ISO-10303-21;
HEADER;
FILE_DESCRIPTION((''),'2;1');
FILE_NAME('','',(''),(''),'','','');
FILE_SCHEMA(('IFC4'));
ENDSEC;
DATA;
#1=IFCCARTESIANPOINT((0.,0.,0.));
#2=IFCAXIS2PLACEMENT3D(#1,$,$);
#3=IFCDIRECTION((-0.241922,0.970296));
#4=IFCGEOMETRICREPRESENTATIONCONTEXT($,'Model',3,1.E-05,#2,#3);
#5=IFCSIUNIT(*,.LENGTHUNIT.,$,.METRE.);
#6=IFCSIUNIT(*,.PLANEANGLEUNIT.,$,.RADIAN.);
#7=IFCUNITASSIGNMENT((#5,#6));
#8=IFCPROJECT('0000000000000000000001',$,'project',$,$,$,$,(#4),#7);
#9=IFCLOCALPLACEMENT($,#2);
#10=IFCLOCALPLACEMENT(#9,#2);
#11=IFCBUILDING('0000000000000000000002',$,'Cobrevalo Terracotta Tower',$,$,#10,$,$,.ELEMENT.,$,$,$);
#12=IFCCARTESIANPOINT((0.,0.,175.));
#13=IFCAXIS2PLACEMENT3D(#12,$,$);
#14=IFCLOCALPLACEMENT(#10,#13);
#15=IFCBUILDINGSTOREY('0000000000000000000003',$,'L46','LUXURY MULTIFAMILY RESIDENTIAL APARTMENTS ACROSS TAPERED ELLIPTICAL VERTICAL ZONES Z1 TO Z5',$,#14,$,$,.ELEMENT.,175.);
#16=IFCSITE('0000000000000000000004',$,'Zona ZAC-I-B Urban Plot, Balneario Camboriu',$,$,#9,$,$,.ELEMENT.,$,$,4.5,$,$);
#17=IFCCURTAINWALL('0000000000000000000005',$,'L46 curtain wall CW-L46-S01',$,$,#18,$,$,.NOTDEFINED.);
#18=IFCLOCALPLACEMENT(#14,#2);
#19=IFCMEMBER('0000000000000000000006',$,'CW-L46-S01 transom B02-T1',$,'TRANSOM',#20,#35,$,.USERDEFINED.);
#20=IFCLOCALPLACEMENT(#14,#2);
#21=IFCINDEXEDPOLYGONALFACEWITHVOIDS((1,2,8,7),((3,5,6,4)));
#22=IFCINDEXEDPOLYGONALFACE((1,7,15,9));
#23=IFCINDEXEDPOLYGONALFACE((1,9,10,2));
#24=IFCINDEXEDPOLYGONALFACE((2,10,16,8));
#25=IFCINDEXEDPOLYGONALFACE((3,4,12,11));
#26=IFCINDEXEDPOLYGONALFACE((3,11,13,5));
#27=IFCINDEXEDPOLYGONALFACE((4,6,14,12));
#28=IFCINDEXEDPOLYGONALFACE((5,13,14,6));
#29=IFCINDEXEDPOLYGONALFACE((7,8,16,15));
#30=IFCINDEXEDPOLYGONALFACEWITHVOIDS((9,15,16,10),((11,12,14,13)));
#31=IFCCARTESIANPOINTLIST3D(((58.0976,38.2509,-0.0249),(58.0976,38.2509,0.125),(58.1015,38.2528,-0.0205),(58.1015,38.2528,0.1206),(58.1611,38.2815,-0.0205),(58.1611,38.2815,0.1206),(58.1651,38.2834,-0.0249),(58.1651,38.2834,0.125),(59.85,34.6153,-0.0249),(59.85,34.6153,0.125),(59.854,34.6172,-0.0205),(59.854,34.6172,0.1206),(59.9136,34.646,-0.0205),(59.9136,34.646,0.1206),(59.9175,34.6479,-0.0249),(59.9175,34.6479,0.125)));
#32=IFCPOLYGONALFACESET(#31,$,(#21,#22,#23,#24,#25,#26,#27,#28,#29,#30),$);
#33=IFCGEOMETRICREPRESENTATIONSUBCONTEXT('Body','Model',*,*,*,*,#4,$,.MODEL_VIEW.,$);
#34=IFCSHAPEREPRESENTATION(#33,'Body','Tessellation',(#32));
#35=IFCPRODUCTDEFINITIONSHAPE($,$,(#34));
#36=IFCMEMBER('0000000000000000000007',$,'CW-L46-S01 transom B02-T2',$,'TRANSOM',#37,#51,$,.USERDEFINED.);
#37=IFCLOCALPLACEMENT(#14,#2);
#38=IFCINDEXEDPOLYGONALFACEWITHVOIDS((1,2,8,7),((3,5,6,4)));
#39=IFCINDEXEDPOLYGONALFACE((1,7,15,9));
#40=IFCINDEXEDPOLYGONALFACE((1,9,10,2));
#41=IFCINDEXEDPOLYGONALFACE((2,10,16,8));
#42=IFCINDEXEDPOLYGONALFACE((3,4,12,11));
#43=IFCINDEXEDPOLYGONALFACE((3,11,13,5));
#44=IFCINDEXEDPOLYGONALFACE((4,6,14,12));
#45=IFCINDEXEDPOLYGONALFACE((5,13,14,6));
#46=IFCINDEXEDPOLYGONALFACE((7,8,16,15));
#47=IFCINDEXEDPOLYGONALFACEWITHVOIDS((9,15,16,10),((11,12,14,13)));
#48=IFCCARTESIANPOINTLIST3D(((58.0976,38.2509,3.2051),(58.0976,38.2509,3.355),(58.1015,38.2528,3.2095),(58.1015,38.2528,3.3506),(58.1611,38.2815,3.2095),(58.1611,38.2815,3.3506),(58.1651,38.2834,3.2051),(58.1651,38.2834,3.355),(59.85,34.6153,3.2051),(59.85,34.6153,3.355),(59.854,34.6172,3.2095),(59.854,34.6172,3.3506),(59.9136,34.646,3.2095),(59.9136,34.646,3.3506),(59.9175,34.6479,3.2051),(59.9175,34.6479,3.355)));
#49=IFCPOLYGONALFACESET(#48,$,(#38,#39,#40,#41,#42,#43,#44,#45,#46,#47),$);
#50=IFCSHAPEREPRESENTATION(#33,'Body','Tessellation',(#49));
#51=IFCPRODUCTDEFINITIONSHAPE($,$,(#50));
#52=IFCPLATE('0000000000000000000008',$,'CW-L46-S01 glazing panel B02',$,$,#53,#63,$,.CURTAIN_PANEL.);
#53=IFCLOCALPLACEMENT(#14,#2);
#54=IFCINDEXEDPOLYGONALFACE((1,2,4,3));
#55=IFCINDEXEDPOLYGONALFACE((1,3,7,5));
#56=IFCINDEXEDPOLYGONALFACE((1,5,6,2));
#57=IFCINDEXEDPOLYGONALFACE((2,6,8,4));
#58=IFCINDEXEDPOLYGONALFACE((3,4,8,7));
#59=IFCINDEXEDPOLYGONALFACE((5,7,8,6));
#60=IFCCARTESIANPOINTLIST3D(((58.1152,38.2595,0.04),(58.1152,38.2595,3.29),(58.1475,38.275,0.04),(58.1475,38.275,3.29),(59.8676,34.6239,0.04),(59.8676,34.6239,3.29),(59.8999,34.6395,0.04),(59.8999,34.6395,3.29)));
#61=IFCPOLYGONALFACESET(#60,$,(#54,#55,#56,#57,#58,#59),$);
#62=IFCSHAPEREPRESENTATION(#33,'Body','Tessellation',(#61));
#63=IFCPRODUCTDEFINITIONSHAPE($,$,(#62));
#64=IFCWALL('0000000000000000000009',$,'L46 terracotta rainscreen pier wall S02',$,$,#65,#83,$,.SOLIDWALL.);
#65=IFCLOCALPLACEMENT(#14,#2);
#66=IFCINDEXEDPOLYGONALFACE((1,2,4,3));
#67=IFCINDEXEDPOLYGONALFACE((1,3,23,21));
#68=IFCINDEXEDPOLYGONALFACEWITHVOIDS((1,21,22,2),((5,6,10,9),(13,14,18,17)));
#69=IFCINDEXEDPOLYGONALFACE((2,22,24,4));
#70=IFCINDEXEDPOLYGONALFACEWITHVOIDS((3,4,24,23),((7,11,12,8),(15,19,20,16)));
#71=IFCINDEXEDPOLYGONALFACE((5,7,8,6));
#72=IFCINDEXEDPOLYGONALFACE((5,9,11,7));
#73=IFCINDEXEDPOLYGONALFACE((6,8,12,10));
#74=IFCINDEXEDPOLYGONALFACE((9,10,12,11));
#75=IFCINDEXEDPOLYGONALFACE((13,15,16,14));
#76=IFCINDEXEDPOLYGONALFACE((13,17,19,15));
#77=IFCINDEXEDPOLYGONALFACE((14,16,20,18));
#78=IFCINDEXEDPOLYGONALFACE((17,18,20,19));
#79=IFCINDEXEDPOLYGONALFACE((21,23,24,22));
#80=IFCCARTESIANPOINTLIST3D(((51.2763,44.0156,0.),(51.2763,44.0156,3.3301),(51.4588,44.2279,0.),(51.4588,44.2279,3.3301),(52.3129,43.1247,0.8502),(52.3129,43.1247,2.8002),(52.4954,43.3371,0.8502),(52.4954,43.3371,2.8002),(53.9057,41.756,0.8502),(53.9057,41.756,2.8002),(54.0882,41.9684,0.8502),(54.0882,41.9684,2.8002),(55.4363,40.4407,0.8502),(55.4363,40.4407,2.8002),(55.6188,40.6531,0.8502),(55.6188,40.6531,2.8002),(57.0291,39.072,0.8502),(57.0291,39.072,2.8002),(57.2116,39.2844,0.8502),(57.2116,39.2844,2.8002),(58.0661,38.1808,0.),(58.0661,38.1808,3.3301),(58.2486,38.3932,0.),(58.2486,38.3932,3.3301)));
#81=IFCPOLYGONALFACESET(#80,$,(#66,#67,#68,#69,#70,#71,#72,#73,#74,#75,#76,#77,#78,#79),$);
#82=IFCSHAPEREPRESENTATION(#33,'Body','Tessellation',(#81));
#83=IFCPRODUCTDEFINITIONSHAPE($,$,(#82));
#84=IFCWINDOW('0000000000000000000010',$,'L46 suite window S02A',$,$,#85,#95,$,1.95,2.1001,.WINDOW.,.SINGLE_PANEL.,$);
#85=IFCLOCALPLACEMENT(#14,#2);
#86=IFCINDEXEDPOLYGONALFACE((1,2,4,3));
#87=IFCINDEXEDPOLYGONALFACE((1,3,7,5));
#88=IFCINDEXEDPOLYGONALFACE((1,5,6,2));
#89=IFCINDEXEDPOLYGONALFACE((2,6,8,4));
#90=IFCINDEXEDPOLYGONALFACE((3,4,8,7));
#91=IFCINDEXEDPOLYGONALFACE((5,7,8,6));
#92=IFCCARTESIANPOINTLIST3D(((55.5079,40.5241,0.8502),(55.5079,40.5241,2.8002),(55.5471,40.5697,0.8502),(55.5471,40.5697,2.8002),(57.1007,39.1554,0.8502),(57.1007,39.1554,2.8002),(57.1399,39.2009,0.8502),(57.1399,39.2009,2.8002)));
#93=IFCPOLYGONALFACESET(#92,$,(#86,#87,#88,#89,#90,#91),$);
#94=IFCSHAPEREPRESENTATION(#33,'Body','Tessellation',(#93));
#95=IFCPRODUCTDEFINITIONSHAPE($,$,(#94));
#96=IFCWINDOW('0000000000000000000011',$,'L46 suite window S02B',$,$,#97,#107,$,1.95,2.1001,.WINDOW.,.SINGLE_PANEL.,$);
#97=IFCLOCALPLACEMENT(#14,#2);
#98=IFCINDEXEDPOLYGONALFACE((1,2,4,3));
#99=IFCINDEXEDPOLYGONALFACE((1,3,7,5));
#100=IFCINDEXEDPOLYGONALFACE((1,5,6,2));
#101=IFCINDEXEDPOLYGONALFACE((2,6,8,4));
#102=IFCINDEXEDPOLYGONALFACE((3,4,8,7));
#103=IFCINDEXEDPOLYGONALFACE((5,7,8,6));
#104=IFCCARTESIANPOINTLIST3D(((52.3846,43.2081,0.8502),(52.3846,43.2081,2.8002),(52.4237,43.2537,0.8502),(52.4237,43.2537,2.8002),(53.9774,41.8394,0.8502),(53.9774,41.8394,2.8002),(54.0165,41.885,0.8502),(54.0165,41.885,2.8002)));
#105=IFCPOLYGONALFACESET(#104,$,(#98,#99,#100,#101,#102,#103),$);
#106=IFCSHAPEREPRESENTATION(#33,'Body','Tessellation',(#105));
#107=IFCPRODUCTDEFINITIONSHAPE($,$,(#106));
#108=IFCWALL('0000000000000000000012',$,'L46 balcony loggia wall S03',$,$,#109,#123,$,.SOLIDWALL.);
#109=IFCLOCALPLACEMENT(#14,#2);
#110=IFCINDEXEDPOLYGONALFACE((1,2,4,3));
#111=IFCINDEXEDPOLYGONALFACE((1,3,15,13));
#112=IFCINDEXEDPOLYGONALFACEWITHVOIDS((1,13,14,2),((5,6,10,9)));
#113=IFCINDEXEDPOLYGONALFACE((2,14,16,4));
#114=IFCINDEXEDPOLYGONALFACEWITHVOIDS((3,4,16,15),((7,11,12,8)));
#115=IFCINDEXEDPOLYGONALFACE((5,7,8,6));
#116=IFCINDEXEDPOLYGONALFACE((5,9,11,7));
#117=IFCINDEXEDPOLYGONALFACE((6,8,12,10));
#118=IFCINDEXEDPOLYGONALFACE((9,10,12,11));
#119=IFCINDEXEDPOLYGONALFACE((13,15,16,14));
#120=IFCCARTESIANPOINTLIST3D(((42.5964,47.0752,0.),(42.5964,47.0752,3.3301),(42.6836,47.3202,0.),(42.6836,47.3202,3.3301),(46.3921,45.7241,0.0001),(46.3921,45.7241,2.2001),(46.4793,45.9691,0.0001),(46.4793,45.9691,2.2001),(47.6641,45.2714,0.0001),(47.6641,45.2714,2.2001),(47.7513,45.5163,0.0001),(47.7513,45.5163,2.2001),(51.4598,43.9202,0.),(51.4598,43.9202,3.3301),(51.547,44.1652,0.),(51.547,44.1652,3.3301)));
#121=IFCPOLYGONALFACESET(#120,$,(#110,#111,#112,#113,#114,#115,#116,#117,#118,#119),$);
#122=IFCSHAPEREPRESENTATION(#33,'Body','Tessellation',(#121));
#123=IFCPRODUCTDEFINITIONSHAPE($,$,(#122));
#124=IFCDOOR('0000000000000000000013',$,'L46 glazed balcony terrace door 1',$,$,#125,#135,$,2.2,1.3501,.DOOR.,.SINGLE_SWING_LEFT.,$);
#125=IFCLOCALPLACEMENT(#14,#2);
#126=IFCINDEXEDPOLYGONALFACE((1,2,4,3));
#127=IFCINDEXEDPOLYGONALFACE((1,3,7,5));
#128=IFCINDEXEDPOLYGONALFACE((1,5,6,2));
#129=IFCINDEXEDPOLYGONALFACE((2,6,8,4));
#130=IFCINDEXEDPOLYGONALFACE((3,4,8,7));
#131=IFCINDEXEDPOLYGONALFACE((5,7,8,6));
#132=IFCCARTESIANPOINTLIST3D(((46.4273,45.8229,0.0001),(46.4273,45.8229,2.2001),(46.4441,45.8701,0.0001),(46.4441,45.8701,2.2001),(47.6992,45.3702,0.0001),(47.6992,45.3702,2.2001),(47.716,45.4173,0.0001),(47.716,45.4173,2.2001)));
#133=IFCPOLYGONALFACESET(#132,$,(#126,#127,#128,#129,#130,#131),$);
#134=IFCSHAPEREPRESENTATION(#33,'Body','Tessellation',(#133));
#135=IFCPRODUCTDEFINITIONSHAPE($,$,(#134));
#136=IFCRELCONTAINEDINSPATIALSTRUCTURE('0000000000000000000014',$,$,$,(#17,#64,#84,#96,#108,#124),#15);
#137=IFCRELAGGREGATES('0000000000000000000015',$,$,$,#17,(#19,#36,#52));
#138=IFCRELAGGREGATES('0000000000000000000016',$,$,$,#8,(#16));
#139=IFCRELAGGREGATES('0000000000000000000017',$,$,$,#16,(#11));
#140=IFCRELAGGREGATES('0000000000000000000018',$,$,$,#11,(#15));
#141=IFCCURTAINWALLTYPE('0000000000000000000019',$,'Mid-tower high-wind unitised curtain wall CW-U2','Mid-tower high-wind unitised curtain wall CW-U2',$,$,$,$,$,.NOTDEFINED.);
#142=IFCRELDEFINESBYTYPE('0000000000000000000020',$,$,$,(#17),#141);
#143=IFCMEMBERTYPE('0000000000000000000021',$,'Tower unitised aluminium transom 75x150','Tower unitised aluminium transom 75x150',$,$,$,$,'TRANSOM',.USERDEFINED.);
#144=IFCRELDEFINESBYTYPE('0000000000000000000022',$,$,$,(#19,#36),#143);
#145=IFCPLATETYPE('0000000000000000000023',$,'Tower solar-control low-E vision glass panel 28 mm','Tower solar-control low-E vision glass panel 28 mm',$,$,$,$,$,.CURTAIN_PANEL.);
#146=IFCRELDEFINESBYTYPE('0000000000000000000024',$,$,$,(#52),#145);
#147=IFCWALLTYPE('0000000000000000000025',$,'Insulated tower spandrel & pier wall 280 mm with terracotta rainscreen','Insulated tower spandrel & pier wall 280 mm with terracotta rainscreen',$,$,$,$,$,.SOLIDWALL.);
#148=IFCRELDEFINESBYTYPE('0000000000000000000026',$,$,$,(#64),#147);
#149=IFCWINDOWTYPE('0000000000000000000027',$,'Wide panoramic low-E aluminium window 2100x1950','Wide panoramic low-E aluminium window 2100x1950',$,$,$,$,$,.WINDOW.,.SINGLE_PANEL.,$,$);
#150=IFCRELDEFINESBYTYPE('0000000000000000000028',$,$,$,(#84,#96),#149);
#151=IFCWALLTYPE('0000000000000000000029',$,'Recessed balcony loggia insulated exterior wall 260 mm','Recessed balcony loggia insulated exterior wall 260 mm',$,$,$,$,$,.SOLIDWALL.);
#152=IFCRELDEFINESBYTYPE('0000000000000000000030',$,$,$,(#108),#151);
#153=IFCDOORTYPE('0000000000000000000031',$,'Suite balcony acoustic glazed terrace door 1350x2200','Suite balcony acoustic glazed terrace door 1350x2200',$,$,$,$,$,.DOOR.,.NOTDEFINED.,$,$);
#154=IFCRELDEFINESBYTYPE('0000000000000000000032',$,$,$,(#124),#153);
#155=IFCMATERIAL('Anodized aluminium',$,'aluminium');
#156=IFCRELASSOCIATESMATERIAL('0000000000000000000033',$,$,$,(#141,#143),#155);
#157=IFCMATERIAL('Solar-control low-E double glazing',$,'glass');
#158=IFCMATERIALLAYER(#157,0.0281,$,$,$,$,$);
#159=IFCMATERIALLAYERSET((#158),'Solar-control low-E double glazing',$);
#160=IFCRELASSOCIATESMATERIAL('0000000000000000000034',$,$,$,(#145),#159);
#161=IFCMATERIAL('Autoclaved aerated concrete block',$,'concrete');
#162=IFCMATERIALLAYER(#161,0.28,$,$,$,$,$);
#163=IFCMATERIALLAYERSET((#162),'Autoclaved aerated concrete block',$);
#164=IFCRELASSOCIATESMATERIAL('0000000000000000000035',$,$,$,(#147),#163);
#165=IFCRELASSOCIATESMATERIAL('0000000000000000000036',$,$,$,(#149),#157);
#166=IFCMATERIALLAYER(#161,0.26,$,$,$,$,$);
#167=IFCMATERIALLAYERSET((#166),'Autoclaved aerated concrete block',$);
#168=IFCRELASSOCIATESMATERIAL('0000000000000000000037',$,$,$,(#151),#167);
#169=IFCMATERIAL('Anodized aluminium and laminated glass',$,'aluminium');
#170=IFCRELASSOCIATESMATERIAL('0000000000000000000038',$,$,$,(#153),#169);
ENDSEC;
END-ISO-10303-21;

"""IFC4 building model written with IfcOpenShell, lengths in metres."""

from ifc_helpers import new_model, si_unit, direction, frame, frame_2d, origin, origin_2d, place, context, subcontext, project, spatial, rectangle, hollow_rectangle, extrude, source, transform, mapped, material, layer, layer_set, material_profile, profile_set, type_object, element, fill, aggregate, save


model = new_model("IFC4")

# Units and contexts
model_context = context("Model", 3, precision=1e-05, world=origin(), true_north=direction((-0.241922, 0.970296)))
body_context = subcontext(model_context, "Body", "Model", "MODEL_VIEW")
ifc_project = project(units=[si_unit("LENGTHUNIT", "METRE"), si_unit("PLANEANGLEUNIT", "RADIAN")], contexts=[model_context])

# Site, building, storey
site_placement = place(None, origin())
site = spatial("IfcSite", under=ifc_project, at=site_placement, Name="Zona ZAC-I-B Urban Plot, Balneario Camboriu", CompositionType="ELEMENT", RefElevation=4.5)
building_placement = place(site_placement, origin())
building = spatial("IfcBuilding", under=site, at=building_placement, Name="Cobrevalo Terracotta Tower", CompositionType="ELEMENT")
storey_placement = place(building_placement, frame((0.0, 0.0, 175.0)))
storey = spatial("IfcBuildingStorey", under=building, at=storey_placement, Name="L46", Description="LUXURY MULTIFAMILY RESIDENTIAL APARTMENTS ACROSS TAPERED ELLIPTICAL VERTICAL ZONES Z1 TO Z5", CompositionType="ELEMENT", Elevation=175.0)

# Curtain wall, members, plate
ifc_material_1 = material(Name="Anodized aluminium", Category="aluminium")
curtain_wall_type = type_object("IfcCurtainWallType", Name="Mid-tower high-wind unitised curtain wall CW-U2", Description="Mid-tower high-wind unitised curtain wall CW-U2", PredefinedType="NOTDEFINED", material=ifc_material_1)
curtain_wall_placement = place(storey_placement, origin())
curtain_wall = element("IfcCurtainWall", 1, at=curtain_wall_placement, inside=storey, type_object=curtain_wall_type, Name="L46 curtain wall CW-L46-S01", PredefinedType="NOTDEFINED")
ifc_material_profile_1 = material_profile(ifc_material_1, hollow_rectangle(XDim=0.075, YDim=0.1499, WallThickness=0.0044, at=origin_2d()), Name="CWT 75x150")
ifc_profile_set_1 = profile_set([ifc_material_profile_1], Name="Anodized aluminium")
member_type_1 = type_object("IfcMemberType", Name="Tower unitised aluminium transom 75x150", Description="Tower unitised aluminium transom 75x150", ElementType="TRANSOM", PredefinedType="USERDEFINED", material=ifc_profile_set_1)
shared_shape_1 = source(origin(), body_context, "Body", "SweptSolid", [
    extrude(hollow_rectangle(XDim=0.075, YDim=0.1499, WallThickness=0.0044, at=origin_2d()), origin(), (0.0, 0.0, 1.0), 4.0359),
])
member_1_placement = place(storey_placement, frame((59.8838, 34.6316, 0.05), z_axis=(-0.434221, 0.900806, 0.0), x_axis=(-0.900806, -0.434221, 0.0)))
member_1 = element("IfcMember", 2, at=member_1_placement, type_object=member_type_1, Name="CW-L46-S01 transom B02-T1", ObjectType="TRANSOM", PredefinedType="USERDEFINED", context=body_context, shape_type="MappedRepresentation", body=[
    mapped(shared_shape_1, transform((0.0, 0.0, 0.0), scale=1.0)),
])
member_2_placement = place(storey_placement, frame((59.8838, 34.6316, 3.28), z_axis=(-0.434221, 0.900806, 0.0), x_axis=(-0.900806, -0.434221, 0.0)))
member_2 = element("IfcMember", 3, at=member_2_placement, type_object=member_type_1, Name="CW-L46-S01 transom B02-T2", ObjectType="TRANSOM", PredefinedType="USERDEFINED", context=body_context, shape_type="MappedRepresentation", body=[
    mapped(shared_shape_1, transform((0.0, 0.0, 0.0), scale=1.0)),
])
ifc_material_2 = material(Name="Solar-control low-E double glazing", Category="glass")
ifc_layer_1 = layer(ifc_material_2, 0.0281)
ifc_layer_set_1 = layer_set([ifc_layer_1], Name="Solar-control low-E double glazing")
plate_type = type_object("IfcPlateType", Name="Tower solar-control low-E vision glass panel 28 mm", Description="Tower solar-control low-E vision glass panel 28 mm", PredefinedType="CURTAIN_PANEL", material=ifc_layer_set_1)
shared_shape_2 = source(origin(), body_context, "Body", "SweptSolid", [
    extrude(rectangle(XDim=4.0359, YDim=0.0359, at=origin_2d()), origin(), (0.0, 0.0, 1.0), 3.25),
])
plate_placement = place(storey_placement, frame((59.0076, 36.4495, 0.04), z_axis=(0.0, 0.0, 1.0), x_axis=(-0.434209, 0.900812, 0.0)))
plate = element("IfcPlate", 4, at=plate_placement, type_object=plate_type, Name="CW-L46-S01 glazing panel B02", PredefinedType="CURTAIN_PANEL", context=body_context, shape_type="MappedRepresentation", body=[
    mapped(shared_shape_2, transform((0.0, 0.0, 0.0), scale=1.0)),
])
aggregate(curtain_wall, [member_1, member_2, plate])

# Wall, openings, windows
ifc_material_3 = material(Name="Autoclaved aerated concrete block", Category="concrete")
ifc_layer_2 = layer(ifc_material_3, 0.28)
ifc_layer_set_2 = layer_set([ifc_layer_2], Name="Autoclaved aerated concrete block")
wall_type_1 = type_object("IfcWallType", Name="Insulated tower spandrel & pier wall 280 mm with terracotta rainscreen", Description="Insulated tower spandrel & pier wall 280 mm with terracotta rainscreen", PredefinedType="SOLIDWALL", material=ifc_layer_set_2)
wall_1_placement = place(storey_placement, frame((58.1572, 38.2871, 0.0), z_axis=(0.0, 0.0, 1.0), x_axis=(-0.758434, 0.65175, 0.0)))
wall_1 = element("IfcWall", 5, at=wall_1_placement, inside=storey, type_object=wall_type_1, Name="L46 terracotta rainscreen pier wall S02", PredefinedType="SOLIDWALL", context=body_context, shape_type="SweptSolid", body=[
    extrude(rectangle(XDim=8.9524, YDim=0.28, at=frame_2d((4.4761, 0.0))), origin(), (0.0, 0.0, 1.0), 3.3301),
])
opening_1_placement = place(wall_1_placement, frame((1.3672, 0.0, 0.8501)))
opening_1 = element("IfcOpeningElement", 6, at=opening_1_placement, cuts=wall_1, PredefinedType="OPENING", context=body_context, shape_type="SweptSolid", body=[
    extrude(rectangle(XDim=2.1001, YDim=1.95, at=frame_2d((1.05, 0.9751))), frame((0.0, 0.1499, 0.0), z_axis=(0.0, -1.0, 0.0), x_axis=(1.0, 0.0, 0.0)), (0.0, 0.0, 1.0), 0.3),
])
opening_2_placement = place(wall_1_placement, frame((5.4854, 0.0, 0.8501)))
opening_2 = element("IfcOpeningElement", 7, at=opening_2_placement, cuts=wall_1, PredefinedType="OPENING", context=body_context, shape_type="SweptSolid", body=[
    extrude(rectangle(XDim=2.1001, YDim=1.95, at=frame_2d((1.05, 0.9751))), frame((0.0, 0.1499, 0.0), z_axis=(0.0, -1.0, 0.0), x_axis=(1.0, 0.0, 0.0)), (0.0, 0.0, 1.0), 0.3),
])
window_type = type_object("IfcWindowType", Name="Wide panoramic low-E aluminium window 2100x1950", Description="Wide panoramic low-E aluminium window 2100x1950", PartitioningType="SINGLE_PANEL", PredefinedType="WINDOW", material=ifc_material_2)
shared_shape_3 = source(origin(), body_context, "Body", "SweptSolid", [
    extrude(rectangle(XDim=2.1001, YDim=1.95, at=frame_2d((1.05, 0.9751))), frame((0.0, 0.03, 0.0), z_axis=(0.0, -1.0, 0.0), x_axis=(1.0, 0.0, 0.0)), (0.0, 0.0, 1.0), 0.0601),
])
window_1_placement = place(opening_1_placement, origin())
window_1 = element("IfcWindow", 8, at=window_1_placement, inside=storey, type_object=window_type, Name="L46 suite window S02A", OverallHeight=1.95, OverallWidth=2.1001, PartitioningType="SINGLE_PANEL", PredefinedType="WINDOW", context=body_context, shape_type="MappedRepresentation", body=[
    mapped(shared_shape_3, transform((0.0, 0.0, 0.0), scale=1.0)),
])
fill(opening_1, window_1)
window_2_placement = place(opening_2_placement, origin())
window_2 = element("IfcWindow", 9, at=window_2_placement, inside=storey, type_object=window_type, Name="L46 suite window S02B", OverallHeight=1.95, OverallWidth=2.1001, PartitioningType="SINGLE_PANEL", PredefinedType="WINDOW", context=body_context, shape_type="MappedRepresentation", body=[
    mapped(shared_shape_3, transform((0.0, 0.0, 0.0), scale=1.0)),
])
fill(opening_2, window_2)

# Wall, opening, door
ifc_layer_3 = layer(ifc_material_3, 0.26)
ifc_layer_set_3 = layer_set([ifc_layer_3], Name="Autoclaved aerated concrete block")
wall_type_2 = type_object("IfcWallType", Name="Recessed balcony loggia insulated exterior wall 260 mm", Description="Recessed balcony loggia insulated exterior wall 260 mm", PredefinedType="SOLIDWALL", material=ifc_layer_set_3)
wall_2_placement = place(storey_placement, frame((51.5034, 44.0427, 0.0), z_axis=(0.0, 0.0, 1.0), x_axis=(-0.942095, 0.335345, 0.0)))
wall_2 = element("IfcWall", 10, at=wall_2_placement, inside=storey, type_object=wall_type_2, Name="L46 balcony loggia wall S03", PredefinedType="SOLIDWALL", context=body_context, shape_type="SweptSolid", body=[
    extrude(rectangle(XDim=9.4082, YDim=0.26, at=frame_2d((4.7041, 0.0))), origin(), (0.0, 0.0, 1.0), 3.3301),
])
opening_3_placement = place(wall_2_placement, frame((4.0291, 0.0, 0.0)))
opening_3 = element("IfcOpeningElement", 11, at=opening_3_placement, cuts=wall_2, PredefinedType="OPENING", context=body_context, shape_type="SweptSolid", body=[
    extrude(rectangle(XDim=1.3501, YDim=2.2, at=frame_2d((0.675, 1.1001))), frame((0.0, 0.1401, 0.0), z_axis=(0.0, -1.0, 0.0), x_axis=(1.0, 0.0, 0.0)), (0.0, 0.0, 1.0), 0.28),
])
ifc_material_4 = material(Name="Anodized aluminium and laminated glass", Category="aluminium")
door_type_1 = type_object("IfcDoorType", Name="Suite balcony acoustic glazed terrace door 1350x2200", Description="Suite balcony acoustic glazed terrace door 1350x2200", OperationType="NOTDEFINED", PredefinedType="DOOR", material=ifc_material_4)
shared_shape_4 = source(origin(), body_context, "Body", "SweptSolid", [
    extrude(rectangle(XDim=1.3501, YDim=2.2, at=frame_2d((0.675, 1.1001))), frame((0.0, 0.0249, 0.0), z_axis=(0.0, -1.0, 0.0), x_axis=(1.0, 0.0, 0.0)), (0.0, 0.0, 1.0), 0.05),
])
door_1_placement = place(opening_3_placement, frame((1.3501, 0.0, 0.0), z_axis=(0.0, 0.0, 1.0), x_axis=(-1.0, 0.0, 0.0)))
door_1 = element("IfcDoor", 12, at=door_1_placement, inside=storey, type_object=door_type_1, Name="L46 glazed balcony terrace door 1", OperationType="SINGLE_SWING_LEFT", OverallHeight=2.2, OverallWidth=1.3501, PredefinedType="DOOR", context=body_context, shape_type="MappedRepresentation", body=[
    mapped(shared_shape_4, transform((0.0, 0.0, 0.0), scale=1.0)),
])
fill(opening_3, door_1)

save(model, "model.ifc")
